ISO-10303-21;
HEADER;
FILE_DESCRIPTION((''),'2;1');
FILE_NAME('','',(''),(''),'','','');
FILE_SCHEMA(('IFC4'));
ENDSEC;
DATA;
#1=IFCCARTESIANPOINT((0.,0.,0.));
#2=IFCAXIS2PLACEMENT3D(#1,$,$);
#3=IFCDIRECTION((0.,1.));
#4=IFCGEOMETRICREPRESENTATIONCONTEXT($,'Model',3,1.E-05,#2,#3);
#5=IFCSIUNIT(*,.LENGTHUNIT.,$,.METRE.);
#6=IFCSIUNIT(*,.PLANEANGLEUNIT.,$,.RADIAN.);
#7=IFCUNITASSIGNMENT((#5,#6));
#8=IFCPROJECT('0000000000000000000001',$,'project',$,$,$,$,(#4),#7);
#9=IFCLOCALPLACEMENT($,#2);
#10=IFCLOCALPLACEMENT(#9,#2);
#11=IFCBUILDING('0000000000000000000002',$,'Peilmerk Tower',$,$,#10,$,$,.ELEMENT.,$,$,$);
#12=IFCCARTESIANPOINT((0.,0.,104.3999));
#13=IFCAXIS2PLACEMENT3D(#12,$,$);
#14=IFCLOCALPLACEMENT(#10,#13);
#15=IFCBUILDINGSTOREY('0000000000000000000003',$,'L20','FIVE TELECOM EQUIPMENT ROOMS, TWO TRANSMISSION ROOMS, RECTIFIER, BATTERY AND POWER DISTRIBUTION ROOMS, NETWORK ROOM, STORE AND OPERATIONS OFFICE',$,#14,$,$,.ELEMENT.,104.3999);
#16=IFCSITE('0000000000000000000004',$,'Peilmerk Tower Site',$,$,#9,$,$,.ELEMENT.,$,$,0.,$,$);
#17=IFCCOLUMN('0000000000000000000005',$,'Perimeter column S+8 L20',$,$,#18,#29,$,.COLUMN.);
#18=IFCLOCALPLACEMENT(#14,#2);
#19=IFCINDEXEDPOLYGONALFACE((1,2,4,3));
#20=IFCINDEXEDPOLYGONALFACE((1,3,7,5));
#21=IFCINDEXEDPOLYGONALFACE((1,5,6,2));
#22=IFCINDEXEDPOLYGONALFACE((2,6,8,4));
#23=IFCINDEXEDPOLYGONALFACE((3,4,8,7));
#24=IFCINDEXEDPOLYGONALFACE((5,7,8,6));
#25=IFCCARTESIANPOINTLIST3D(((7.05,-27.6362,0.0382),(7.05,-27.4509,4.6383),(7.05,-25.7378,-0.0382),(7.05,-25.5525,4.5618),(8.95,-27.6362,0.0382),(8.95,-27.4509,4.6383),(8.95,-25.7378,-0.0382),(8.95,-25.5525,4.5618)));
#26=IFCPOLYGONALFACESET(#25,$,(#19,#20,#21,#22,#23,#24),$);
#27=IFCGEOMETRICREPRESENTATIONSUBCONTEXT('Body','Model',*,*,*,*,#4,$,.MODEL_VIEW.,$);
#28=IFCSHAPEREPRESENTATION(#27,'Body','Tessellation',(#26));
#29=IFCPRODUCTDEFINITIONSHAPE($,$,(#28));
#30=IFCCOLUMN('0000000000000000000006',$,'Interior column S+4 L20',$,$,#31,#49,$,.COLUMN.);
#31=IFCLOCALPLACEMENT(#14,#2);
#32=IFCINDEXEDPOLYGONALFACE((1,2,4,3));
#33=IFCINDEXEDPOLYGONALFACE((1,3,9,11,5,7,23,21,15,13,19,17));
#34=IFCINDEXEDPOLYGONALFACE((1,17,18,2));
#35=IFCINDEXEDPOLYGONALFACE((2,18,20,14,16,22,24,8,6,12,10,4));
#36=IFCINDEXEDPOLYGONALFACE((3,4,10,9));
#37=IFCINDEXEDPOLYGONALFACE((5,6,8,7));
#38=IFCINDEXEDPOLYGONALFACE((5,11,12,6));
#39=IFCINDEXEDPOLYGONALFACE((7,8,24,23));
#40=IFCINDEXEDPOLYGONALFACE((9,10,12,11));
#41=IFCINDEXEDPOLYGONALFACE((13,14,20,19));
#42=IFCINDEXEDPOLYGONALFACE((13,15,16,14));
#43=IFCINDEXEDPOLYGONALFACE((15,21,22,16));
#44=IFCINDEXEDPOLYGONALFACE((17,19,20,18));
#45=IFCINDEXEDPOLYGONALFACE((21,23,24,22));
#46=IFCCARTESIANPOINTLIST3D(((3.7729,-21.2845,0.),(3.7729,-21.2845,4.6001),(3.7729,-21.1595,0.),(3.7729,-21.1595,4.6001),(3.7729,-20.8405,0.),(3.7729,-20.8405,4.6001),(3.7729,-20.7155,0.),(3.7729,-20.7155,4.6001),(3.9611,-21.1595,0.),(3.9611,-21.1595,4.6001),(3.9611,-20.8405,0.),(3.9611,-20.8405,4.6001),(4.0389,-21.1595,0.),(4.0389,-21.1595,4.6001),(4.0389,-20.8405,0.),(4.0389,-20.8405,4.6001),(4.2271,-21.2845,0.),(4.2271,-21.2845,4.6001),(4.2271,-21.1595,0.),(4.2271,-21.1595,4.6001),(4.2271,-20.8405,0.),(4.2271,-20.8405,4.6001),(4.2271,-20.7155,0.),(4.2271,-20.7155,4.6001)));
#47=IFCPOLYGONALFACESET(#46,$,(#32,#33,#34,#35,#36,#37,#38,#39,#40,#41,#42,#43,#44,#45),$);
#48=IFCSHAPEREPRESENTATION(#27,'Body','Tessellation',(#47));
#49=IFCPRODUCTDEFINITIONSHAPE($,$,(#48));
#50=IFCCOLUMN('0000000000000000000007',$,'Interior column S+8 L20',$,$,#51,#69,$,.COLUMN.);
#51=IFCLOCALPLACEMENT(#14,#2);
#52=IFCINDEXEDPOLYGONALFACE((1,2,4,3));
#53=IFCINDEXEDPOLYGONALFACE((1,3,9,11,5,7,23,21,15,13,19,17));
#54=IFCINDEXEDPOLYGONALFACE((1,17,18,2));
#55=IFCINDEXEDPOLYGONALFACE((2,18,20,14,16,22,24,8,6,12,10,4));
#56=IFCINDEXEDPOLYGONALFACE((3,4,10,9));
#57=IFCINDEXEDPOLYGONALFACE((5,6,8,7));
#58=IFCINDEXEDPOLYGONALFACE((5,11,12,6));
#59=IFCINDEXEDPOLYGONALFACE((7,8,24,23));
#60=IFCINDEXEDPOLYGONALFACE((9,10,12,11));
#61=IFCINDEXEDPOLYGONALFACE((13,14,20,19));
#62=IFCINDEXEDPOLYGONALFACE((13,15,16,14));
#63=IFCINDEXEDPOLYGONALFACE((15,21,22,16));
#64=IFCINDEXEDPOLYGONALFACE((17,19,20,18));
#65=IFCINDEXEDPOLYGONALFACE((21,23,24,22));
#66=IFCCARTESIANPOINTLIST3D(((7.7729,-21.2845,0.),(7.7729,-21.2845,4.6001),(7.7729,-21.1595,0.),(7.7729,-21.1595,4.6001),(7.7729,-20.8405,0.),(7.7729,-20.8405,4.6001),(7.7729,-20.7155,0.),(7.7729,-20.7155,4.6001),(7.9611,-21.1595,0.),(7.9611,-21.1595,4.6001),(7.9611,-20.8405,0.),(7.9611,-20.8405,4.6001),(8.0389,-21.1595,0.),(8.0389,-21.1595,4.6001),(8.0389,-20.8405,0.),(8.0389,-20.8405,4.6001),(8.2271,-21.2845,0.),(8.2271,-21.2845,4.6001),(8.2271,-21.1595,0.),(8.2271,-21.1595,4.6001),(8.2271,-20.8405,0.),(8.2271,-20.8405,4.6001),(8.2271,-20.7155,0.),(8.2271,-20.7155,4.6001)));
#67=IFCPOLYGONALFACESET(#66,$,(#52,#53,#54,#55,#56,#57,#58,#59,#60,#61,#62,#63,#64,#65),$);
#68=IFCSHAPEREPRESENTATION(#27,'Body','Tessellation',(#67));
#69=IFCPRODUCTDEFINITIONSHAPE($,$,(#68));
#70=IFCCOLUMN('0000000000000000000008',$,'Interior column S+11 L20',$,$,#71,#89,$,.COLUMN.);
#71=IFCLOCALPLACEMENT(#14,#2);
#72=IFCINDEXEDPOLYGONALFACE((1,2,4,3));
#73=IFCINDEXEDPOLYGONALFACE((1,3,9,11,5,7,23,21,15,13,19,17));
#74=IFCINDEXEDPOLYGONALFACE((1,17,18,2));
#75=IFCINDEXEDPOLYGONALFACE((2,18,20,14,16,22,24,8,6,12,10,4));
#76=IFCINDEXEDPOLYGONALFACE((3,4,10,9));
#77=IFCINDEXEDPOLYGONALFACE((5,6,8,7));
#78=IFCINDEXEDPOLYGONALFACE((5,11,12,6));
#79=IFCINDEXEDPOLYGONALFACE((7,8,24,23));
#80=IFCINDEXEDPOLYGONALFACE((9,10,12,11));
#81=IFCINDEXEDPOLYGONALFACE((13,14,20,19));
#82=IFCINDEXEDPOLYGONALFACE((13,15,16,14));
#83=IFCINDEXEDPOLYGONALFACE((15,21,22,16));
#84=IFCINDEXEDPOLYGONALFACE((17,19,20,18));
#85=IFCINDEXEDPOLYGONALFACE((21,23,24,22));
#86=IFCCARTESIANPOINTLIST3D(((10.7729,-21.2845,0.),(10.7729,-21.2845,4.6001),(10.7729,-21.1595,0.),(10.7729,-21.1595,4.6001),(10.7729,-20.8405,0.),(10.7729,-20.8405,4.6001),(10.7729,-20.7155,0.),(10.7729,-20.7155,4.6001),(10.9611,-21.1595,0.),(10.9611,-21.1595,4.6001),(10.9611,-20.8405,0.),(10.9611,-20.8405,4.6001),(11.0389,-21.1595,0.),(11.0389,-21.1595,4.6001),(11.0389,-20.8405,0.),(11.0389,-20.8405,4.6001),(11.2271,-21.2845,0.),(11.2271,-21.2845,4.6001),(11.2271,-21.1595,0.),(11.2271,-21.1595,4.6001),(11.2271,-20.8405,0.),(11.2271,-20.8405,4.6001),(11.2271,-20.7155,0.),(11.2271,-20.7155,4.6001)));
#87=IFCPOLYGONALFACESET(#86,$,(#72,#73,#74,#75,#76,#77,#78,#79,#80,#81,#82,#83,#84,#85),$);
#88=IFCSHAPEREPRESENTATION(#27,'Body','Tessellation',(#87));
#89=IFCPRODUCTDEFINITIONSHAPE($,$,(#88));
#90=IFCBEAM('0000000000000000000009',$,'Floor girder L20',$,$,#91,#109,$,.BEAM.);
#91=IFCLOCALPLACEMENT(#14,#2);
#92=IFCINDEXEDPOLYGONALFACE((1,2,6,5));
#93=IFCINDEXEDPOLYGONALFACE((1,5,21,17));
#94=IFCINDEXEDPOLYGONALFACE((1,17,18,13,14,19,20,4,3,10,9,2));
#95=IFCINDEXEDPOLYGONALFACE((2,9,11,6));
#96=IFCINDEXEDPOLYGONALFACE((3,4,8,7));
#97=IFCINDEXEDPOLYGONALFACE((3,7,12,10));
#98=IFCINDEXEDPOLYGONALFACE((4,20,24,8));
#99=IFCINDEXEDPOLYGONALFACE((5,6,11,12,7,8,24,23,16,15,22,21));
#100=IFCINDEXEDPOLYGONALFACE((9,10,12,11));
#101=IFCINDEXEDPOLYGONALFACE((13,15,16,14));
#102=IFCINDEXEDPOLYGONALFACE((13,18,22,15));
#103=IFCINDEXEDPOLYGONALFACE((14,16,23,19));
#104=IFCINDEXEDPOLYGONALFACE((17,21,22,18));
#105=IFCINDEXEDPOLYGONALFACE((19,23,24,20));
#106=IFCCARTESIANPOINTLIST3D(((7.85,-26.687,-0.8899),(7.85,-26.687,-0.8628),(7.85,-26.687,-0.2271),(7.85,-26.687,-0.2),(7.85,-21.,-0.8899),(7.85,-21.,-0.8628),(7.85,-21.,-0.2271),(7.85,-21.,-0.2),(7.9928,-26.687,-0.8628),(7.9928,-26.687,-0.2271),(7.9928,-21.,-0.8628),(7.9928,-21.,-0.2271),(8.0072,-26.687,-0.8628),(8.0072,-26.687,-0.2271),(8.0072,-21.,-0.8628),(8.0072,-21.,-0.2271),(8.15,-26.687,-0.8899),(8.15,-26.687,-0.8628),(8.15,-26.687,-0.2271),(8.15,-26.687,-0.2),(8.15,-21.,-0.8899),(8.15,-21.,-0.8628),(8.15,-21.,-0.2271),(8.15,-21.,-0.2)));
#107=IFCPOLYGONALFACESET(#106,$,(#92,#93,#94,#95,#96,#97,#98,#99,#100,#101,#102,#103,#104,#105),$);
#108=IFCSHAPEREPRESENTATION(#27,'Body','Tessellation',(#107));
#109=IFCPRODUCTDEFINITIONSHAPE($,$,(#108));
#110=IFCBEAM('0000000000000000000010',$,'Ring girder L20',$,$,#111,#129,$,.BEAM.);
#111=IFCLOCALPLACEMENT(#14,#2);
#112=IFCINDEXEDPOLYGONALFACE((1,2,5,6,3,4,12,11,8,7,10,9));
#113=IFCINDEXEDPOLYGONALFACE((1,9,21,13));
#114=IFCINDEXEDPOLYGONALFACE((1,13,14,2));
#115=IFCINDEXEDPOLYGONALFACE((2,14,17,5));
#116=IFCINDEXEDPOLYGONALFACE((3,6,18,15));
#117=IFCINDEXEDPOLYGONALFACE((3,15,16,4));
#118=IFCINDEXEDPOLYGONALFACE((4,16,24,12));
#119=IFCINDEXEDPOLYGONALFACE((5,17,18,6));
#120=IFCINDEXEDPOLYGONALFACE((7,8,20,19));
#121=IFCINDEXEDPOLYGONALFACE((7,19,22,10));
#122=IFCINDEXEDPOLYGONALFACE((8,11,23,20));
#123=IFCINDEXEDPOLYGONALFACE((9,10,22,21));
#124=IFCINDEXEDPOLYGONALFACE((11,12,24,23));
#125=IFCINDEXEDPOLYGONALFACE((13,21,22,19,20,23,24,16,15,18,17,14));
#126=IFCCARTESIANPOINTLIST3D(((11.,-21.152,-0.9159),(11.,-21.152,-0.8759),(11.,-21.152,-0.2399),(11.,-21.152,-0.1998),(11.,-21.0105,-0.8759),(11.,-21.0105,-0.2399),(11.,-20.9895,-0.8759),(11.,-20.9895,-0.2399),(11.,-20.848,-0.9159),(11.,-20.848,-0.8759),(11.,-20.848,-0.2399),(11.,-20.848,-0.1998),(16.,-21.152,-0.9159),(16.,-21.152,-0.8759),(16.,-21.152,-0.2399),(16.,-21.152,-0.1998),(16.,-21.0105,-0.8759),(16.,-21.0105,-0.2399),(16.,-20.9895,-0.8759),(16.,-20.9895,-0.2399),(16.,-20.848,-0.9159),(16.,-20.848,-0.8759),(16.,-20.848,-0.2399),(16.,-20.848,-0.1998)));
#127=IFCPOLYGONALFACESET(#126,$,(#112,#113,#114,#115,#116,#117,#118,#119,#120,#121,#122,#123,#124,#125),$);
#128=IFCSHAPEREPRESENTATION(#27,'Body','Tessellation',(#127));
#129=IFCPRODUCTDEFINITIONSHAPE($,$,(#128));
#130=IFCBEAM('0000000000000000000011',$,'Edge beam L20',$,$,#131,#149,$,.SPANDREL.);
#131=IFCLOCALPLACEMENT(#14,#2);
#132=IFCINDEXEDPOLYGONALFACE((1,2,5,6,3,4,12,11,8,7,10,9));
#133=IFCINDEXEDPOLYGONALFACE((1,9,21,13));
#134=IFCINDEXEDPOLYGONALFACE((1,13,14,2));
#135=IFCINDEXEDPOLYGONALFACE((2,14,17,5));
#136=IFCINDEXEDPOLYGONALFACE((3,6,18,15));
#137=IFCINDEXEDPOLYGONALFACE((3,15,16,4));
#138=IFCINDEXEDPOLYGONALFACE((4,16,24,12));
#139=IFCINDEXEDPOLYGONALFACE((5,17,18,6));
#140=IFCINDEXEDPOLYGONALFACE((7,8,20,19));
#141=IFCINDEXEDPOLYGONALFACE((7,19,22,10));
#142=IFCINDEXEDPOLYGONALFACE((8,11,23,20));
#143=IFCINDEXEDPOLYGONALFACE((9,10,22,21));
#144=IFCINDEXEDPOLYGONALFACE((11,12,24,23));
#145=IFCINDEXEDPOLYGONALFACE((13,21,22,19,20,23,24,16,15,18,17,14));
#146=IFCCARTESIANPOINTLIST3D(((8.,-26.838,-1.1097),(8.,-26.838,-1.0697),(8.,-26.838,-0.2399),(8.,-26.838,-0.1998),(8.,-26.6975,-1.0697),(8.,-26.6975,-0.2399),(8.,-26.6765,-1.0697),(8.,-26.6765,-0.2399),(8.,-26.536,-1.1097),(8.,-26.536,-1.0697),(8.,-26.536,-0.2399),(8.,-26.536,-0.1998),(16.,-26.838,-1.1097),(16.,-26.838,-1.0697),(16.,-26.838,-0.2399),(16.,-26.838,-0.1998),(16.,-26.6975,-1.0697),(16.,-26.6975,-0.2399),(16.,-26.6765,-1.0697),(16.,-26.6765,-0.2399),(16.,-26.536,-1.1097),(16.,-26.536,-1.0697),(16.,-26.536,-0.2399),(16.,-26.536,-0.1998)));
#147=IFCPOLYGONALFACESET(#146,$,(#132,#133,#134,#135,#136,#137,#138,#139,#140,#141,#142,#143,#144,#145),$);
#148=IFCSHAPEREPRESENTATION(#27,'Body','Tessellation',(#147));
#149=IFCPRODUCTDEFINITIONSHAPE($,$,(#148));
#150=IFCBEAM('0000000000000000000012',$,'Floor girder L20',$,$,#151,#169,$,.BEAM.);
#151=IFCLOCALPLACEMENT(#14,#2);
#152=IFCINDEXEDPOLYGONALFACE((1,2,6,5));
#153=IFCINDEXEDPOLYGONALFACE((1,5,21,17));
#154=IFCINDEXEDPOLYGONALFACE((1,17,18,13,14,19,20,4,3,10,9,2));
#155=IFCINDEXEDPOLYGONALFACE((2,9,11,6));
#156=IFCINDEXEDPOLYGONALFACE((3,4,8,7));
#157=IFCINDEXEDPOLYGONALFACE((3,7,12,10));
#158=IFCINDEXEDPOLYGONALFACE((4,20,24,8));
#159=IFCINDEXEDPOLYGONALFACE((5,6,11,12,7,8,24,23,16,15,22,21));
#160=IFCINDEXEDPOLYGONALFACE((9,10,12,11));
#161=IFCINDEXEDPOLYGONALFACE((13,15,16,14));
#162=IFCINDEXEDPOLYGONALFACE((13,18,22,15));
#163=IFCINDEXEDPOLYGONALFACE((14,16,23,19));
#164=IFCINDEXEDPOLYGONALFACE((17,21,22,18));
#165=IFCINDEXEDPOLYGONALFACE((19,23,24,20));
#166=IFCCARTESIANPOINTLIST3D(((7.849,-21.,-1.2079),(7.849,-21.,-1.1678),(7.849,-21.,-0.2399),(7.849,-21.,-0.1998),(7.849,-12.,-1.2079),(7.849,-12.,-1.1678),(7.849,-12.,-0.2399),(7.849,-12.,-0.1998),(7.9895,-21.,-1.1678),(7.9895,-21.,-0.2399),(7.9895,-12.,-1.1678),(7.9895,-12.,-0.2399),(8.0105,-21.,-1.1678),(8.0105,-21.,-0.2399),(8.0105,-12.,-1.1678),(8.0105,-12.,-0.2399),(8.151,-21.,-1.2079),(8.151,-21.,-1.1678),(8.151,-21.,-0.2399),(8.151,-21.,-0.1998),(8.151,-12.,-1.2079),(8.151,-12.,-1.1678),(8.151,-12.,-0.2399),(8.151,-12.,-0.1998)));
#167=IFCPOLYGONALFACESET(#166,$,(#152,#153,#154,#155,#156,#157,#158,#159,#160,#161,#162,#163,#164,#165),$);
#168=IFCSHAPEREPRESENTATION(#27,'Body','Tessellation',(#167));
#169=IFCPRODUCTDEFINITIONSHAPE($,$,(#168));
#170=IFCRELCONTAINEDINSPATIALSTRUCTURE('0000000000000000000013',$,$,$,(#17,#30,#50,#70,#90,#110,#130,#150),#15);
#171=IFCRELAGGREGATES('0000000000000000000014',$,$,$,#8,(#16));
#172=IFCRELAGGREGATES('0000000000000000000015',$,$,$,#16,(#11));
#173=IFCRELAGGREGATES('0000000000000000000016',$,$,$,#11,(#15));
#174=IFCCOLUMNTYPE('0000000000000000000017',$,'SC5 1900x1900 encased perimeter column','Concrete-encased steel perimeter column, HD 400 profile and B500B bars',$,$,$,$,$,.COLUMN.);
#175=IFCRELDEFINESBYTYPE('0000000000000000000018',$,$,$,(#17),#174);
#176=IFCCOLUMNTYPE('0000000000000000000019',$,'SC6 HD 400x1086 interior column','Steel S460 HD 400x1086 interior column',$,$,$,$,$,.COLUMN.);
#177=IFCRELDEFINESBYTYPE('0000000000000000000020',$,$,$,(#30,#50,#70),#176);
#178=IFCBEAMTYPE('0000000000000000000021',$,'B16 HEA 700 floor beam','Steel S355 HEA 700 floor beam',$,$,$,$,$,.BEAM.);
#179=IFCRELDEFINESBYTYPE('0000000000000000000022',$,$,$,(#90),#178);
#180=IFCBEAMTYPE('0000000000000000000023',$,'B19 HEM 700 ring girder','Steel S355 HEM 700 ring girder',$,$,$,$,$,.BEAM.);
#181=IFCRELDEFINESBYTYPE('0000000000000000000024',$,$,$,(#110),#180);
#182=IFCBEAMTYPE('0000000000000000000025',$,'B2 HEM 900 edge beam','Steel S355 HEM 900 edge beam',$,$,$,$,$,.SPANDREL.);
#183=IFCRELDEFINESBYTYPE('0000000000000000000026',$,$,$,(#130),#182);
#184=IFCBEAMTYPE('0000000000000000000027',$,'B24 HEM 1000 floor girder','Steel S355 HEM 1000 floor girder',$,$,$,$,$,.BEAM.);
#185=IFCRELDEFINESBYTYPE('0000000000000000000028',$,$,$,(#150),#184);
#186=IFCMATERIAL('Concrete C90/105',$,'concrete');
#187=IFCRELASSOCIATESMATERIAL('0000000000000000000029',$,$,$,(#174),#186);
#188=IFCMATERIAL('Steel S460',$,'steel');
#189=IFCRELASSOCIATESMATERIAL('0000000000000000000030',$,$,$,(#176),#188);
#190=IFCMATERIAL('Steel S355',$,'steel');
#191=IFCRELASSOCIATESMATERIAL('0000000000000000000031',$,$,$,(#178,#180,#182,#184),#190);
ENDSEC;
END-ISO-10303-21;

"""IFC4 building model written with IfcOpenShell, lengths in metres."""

from ifc_helpers import new_model, si_unit, direction, frame, origin, origin_2d, place, context, subcontext, project, spatial, rectangle, i_section, extrude, material, material_profile, profile_set, type_object, element, save


model = new_model("IFC4")

# Units and contexts
model_context = context("Model", 3, precision=1e-05, world=origin(), true_north=direction((0.0, 1.0)))
body_context = subcontext(model_context, "Body", "Model", "MODEL_VIEW")
ifc_project = project(units=[si_unit("LENGTHUNIT", "METRE"), si_unit("PLANEANGLEUNIT", "RADIAN")], contexts=[model_context])

# Site, building, storey
site_placement = place(None, origin())
site = spatial("IfcSite", under=ifc_project, at=site_placement, Name="Peilmerk Tower Site", CompositionType="ELEMENT", RefElevation=0.0)
building_placement = place(site_placement, origin())
building = spatial("IfcBuilding", under=site, at=building_placement, Name="Peilmerk Tower", CompositionType="ELEMENT")
storey_placement = place(building_placement, frame((0.0, 0.0, 104.3999)))
storey = spatial("IfcBuildingStorey", under=building, at=storey_placement, Name="L20", Description="FIVE TELECOM EQUIPMENT ROOMS, TWO TRANSMISSION ROOMS, RECTIFIER, BATTERY AND POWER DISTRIBUTION ROOMS, NETWORK ROOM, STORE AND OPERATIONS OFFICE", CompositionType="ELEMENT", Elevation=104.3999)

# Columns
ifc_material_1 = material(Name="Concrete C90/105", Category="concrete")
ifc_material_profile_1 = material_profile(ifc_material_1, rectangle(XDim=1.8999, YDim=1.8999, at=origin_2d()), Name="RC 1900x1900")
ifc_profile_set_1 = profile_set([ifc_material_profile_1], Name="Concrete C90/105")
column_type_1 = type_object("IfcColumnType", Name="SC5 1900x1900 encased perimeter column", Description="Concrete-encased steel perimeter column, HD 400 profile and B500B bars", PredefinedType="COLUMN", material=ifc_profile_set_1)
column_placement = place(storey_placement, frame((8.0, -26.687, 0.0), z_axis=(0.0, 0.04025, 0.99919), x_axis=(-1.0, 0.0, 0.0)))
element("IfcColumn", 1, at=column_placement, inside=storey, type_object=column_type_1, Name="Perimeter column S+8 L20", PredefinedType="COLUMN", context=body_context, shape_type="SweptSolid", body=[
    extrude(rectangle(XDim=1.8999, YDim=1.8999, at=origin_2d()), origin(), (0.0, 0.0, 1.0), 4.6038),
])
ifc_material_2 = material(Name="Steel S460", Category="steel")
ifc_material_profile_2 = material_profile(ifc_material_2, i_section(OverallWidth=0.4541, OverallDepth=0.5691, WebThickness=0.0779, FlangeThickness=0.125, at=origin_2d()), Name="HD 400x1086")
ifc_profile_set_2 = profile_set([ifc_material_profile_2], Name="Steel S460")
column_type_2 = type_object("IfcColumnType", Name="SC6 HD 400x1086 interior column", Description="Steel S460 HD 400x1086 interior column", PredefinedType="COLUMN", material=ifc_profile_set_2)
for number, where, z_axis, x_axis, name in (
    (2, (4.0, -21.0, 0.0), (0.0, 0.0, 1.0), (1.0, 0.0, 0.0), "Interior column S+4 L20"),
    (3, (8.0, -21.0, 0.0), (0.0, 0.0, 1.0), (1.0, 0.0, 0.0), "Interior column S+8 L20"),
    (4, (11.0, -21.0, 0.0), (0.0, 0.0, 1.0), (1.0, 0.0, 0.0), "Interior column S+11 L20"),
):
    element("IfcColumn", number, at=place(storey_placement, frame(where, z_axis=z_axis, x_axis=x_axis)), inside=storey, type_object=column_type_2, Name=name, PredefinedType="COLUMN", context=body_context, shape_type="SweptSolid", body=[
        extrude(i_section(OverallWidth=0.4541, OverallDepth=0.5691, WebThickness=0.0779, FlangeThickness=0.125, at=origin_2d()), origin(), (0.0, 0.0, 1.0), 4.6001),
    ])

# Beams
ifc_material_3 = material(Name="Steel S355", Category="steel")
ifc_material_profile_3 = material_profile(ifc_material_3, i_section(OverallWidth=0.3, OverallDepth=0.6899, WebThickness=0.0144, FlangeThickness=0.0271, at=origin_2d()), Name="HEA 700")
ifc_profile_set_3 = profile_set([ifc_material_profile_3], Name="Steel S355")
beam_type_1 = type_object("IfcBeamType", Name="B16 HEA 700 floor beam", Description="Steel S355 HEA 700 floor beam", PredefinedType="BEAM", material=ifc_profile_set_3)
beam_1_placement = place(storey_placement, frame((8.0, -21.0, -0.5449), z_axis=(0.0, -1.0, 0.0), x_axis=(1.0, 0.0, 0.0)))
element("IfcBeam", 5, at=beam_1_placement, inside=storey, type_object=beam_type_1, Name="Floor girder L20", PredefinedType="BEAM", context=body_context, shape_type="SweptSolid", body=[
    extrude(i_section(OverallWidth=0.3, OverallDepth=0.6899, WebThickness=0.0144, FlangeThickness=0.0271, at=origin_2d()), origin(), (0.0, 0.0, 1.0), 5.687),
])
ifc_material_profile_4 = material_profile(ifc_material_3, i_section(OverallWidth=0.304, OverallDepth=0.7161, WebThickness=0.021, FlangeThickness=0.04, at=origin_2d()), Name="HEM 700")
ifc_profile_set_4 = profile_set([ifc_material_profile_4], Name="Steel S355")
beam_type_2 = type_object("IfcBeamType", Name="B19 HEM 700 ring girder", Description="Steel S355 HEM 700 ring girder", PredefinedType="BEAM", material=ifc_profile_set_4)
beam_2_placement = place(storey_placement, frame((11.0, -21.0, -0.5579), z_axis=(1.0, 0.0, 0.0), x_axis=(0.0, 1.0, 0.0)))
element("IfcBeam", 6, at=beam_2_placement, inside=storey, type_object=beam_type_2, Name="Ring girder L20", PredefinedType="BEAM", context=body_context, shape_type="SweptSolid", body=[
    extrude(i_section(OverallWidth=0.304, OverallDepth=0.7161, WebThickness=0.021, FlangeThickness=0.04, at=origin_2d()), origin(), (0.0, 0.0, 1.0), 5.0),
])
ifc_material_profile_5 = material_profile(ifc_material_3, i_section(OverallWidth=0.302, OverallDepth=0.9099, WebThickness=0.021, FlangeThickness=0.04, at=origin_2d()), Name="HEM 900")
ifc_profile_set_5 = profile_set([ifc_material_profile_5], Name="Steel S355")
beam_type_3 = type_object("IfcBeamType", Name="B2 HEM 900 edge beam", Description="Steel S355 HEM 900 edge beam", PredefinedType="SPANDREL", material=ifc_profile_set_5)
beam_3_placement = place(storey_placement, frame((8.0, -26.687, -0.6548), z_axis=(1.0, 0.0, 0.0), x_axis=(0.0, 1.0, 0.0)))
element("IfcBeam", 7, at=beam_3_placement, inside=storey, type_object=beam_type_3, Name="Edge beam L20", PredefinedType="SPANDREL", context=body_context, shape_type="SweptSolid", body=[
    extrude(i_section(OverallWidth=0.302, OverallDepth=0.9099, WebThickness=0.021, FlangeThickness=0.04, at=origin_2d()), origin(), (0.0, 0.0, 1.0), 8.0),
])
ifc_material_profile_6 = material_profile(ifc_material_3, i_section(OverallWidth=0.302, OverallDepth=1.0081, WebThickness=0.021, FlangeThickness=0.04, at=origin_2d()), Name="HEM 1000")
ifc_profile_set_6 = profile_set([ifc_material_profile_6], Name="Steel S355")
beam_type_4 = type_object("IfcBeamType", Name="B24 HEM 1000 floor girder", Description="Steel S355 HEM 1000 floor girder", PredefinedType="BEAM", material=ifc_profile_set_6)
beam_4_placement = place(storey_placement, frame((8.0, -12.0, -0.7039), z_axis=(0.0, -1.0, 0.0), x_axis=(1.0, 0.0, 0.0)))
element("IfcBeam", 8, at=beam_4_placement, inside=storey, type_object=beam_type_4, Name="Floor girder L20", PredefinedType="BEAM", context=body_context, shape_type="SweptSolid", body=[
    extrude(i_section(OverallWidth=0.302, OverallDepth=1.0081, WebThickness=0.021, FlangeThickness=0.04, at=origin_2d()), origin(), (0.0, 0.0, 1.0), 9.0),
])

save(model, "model.ifc")
